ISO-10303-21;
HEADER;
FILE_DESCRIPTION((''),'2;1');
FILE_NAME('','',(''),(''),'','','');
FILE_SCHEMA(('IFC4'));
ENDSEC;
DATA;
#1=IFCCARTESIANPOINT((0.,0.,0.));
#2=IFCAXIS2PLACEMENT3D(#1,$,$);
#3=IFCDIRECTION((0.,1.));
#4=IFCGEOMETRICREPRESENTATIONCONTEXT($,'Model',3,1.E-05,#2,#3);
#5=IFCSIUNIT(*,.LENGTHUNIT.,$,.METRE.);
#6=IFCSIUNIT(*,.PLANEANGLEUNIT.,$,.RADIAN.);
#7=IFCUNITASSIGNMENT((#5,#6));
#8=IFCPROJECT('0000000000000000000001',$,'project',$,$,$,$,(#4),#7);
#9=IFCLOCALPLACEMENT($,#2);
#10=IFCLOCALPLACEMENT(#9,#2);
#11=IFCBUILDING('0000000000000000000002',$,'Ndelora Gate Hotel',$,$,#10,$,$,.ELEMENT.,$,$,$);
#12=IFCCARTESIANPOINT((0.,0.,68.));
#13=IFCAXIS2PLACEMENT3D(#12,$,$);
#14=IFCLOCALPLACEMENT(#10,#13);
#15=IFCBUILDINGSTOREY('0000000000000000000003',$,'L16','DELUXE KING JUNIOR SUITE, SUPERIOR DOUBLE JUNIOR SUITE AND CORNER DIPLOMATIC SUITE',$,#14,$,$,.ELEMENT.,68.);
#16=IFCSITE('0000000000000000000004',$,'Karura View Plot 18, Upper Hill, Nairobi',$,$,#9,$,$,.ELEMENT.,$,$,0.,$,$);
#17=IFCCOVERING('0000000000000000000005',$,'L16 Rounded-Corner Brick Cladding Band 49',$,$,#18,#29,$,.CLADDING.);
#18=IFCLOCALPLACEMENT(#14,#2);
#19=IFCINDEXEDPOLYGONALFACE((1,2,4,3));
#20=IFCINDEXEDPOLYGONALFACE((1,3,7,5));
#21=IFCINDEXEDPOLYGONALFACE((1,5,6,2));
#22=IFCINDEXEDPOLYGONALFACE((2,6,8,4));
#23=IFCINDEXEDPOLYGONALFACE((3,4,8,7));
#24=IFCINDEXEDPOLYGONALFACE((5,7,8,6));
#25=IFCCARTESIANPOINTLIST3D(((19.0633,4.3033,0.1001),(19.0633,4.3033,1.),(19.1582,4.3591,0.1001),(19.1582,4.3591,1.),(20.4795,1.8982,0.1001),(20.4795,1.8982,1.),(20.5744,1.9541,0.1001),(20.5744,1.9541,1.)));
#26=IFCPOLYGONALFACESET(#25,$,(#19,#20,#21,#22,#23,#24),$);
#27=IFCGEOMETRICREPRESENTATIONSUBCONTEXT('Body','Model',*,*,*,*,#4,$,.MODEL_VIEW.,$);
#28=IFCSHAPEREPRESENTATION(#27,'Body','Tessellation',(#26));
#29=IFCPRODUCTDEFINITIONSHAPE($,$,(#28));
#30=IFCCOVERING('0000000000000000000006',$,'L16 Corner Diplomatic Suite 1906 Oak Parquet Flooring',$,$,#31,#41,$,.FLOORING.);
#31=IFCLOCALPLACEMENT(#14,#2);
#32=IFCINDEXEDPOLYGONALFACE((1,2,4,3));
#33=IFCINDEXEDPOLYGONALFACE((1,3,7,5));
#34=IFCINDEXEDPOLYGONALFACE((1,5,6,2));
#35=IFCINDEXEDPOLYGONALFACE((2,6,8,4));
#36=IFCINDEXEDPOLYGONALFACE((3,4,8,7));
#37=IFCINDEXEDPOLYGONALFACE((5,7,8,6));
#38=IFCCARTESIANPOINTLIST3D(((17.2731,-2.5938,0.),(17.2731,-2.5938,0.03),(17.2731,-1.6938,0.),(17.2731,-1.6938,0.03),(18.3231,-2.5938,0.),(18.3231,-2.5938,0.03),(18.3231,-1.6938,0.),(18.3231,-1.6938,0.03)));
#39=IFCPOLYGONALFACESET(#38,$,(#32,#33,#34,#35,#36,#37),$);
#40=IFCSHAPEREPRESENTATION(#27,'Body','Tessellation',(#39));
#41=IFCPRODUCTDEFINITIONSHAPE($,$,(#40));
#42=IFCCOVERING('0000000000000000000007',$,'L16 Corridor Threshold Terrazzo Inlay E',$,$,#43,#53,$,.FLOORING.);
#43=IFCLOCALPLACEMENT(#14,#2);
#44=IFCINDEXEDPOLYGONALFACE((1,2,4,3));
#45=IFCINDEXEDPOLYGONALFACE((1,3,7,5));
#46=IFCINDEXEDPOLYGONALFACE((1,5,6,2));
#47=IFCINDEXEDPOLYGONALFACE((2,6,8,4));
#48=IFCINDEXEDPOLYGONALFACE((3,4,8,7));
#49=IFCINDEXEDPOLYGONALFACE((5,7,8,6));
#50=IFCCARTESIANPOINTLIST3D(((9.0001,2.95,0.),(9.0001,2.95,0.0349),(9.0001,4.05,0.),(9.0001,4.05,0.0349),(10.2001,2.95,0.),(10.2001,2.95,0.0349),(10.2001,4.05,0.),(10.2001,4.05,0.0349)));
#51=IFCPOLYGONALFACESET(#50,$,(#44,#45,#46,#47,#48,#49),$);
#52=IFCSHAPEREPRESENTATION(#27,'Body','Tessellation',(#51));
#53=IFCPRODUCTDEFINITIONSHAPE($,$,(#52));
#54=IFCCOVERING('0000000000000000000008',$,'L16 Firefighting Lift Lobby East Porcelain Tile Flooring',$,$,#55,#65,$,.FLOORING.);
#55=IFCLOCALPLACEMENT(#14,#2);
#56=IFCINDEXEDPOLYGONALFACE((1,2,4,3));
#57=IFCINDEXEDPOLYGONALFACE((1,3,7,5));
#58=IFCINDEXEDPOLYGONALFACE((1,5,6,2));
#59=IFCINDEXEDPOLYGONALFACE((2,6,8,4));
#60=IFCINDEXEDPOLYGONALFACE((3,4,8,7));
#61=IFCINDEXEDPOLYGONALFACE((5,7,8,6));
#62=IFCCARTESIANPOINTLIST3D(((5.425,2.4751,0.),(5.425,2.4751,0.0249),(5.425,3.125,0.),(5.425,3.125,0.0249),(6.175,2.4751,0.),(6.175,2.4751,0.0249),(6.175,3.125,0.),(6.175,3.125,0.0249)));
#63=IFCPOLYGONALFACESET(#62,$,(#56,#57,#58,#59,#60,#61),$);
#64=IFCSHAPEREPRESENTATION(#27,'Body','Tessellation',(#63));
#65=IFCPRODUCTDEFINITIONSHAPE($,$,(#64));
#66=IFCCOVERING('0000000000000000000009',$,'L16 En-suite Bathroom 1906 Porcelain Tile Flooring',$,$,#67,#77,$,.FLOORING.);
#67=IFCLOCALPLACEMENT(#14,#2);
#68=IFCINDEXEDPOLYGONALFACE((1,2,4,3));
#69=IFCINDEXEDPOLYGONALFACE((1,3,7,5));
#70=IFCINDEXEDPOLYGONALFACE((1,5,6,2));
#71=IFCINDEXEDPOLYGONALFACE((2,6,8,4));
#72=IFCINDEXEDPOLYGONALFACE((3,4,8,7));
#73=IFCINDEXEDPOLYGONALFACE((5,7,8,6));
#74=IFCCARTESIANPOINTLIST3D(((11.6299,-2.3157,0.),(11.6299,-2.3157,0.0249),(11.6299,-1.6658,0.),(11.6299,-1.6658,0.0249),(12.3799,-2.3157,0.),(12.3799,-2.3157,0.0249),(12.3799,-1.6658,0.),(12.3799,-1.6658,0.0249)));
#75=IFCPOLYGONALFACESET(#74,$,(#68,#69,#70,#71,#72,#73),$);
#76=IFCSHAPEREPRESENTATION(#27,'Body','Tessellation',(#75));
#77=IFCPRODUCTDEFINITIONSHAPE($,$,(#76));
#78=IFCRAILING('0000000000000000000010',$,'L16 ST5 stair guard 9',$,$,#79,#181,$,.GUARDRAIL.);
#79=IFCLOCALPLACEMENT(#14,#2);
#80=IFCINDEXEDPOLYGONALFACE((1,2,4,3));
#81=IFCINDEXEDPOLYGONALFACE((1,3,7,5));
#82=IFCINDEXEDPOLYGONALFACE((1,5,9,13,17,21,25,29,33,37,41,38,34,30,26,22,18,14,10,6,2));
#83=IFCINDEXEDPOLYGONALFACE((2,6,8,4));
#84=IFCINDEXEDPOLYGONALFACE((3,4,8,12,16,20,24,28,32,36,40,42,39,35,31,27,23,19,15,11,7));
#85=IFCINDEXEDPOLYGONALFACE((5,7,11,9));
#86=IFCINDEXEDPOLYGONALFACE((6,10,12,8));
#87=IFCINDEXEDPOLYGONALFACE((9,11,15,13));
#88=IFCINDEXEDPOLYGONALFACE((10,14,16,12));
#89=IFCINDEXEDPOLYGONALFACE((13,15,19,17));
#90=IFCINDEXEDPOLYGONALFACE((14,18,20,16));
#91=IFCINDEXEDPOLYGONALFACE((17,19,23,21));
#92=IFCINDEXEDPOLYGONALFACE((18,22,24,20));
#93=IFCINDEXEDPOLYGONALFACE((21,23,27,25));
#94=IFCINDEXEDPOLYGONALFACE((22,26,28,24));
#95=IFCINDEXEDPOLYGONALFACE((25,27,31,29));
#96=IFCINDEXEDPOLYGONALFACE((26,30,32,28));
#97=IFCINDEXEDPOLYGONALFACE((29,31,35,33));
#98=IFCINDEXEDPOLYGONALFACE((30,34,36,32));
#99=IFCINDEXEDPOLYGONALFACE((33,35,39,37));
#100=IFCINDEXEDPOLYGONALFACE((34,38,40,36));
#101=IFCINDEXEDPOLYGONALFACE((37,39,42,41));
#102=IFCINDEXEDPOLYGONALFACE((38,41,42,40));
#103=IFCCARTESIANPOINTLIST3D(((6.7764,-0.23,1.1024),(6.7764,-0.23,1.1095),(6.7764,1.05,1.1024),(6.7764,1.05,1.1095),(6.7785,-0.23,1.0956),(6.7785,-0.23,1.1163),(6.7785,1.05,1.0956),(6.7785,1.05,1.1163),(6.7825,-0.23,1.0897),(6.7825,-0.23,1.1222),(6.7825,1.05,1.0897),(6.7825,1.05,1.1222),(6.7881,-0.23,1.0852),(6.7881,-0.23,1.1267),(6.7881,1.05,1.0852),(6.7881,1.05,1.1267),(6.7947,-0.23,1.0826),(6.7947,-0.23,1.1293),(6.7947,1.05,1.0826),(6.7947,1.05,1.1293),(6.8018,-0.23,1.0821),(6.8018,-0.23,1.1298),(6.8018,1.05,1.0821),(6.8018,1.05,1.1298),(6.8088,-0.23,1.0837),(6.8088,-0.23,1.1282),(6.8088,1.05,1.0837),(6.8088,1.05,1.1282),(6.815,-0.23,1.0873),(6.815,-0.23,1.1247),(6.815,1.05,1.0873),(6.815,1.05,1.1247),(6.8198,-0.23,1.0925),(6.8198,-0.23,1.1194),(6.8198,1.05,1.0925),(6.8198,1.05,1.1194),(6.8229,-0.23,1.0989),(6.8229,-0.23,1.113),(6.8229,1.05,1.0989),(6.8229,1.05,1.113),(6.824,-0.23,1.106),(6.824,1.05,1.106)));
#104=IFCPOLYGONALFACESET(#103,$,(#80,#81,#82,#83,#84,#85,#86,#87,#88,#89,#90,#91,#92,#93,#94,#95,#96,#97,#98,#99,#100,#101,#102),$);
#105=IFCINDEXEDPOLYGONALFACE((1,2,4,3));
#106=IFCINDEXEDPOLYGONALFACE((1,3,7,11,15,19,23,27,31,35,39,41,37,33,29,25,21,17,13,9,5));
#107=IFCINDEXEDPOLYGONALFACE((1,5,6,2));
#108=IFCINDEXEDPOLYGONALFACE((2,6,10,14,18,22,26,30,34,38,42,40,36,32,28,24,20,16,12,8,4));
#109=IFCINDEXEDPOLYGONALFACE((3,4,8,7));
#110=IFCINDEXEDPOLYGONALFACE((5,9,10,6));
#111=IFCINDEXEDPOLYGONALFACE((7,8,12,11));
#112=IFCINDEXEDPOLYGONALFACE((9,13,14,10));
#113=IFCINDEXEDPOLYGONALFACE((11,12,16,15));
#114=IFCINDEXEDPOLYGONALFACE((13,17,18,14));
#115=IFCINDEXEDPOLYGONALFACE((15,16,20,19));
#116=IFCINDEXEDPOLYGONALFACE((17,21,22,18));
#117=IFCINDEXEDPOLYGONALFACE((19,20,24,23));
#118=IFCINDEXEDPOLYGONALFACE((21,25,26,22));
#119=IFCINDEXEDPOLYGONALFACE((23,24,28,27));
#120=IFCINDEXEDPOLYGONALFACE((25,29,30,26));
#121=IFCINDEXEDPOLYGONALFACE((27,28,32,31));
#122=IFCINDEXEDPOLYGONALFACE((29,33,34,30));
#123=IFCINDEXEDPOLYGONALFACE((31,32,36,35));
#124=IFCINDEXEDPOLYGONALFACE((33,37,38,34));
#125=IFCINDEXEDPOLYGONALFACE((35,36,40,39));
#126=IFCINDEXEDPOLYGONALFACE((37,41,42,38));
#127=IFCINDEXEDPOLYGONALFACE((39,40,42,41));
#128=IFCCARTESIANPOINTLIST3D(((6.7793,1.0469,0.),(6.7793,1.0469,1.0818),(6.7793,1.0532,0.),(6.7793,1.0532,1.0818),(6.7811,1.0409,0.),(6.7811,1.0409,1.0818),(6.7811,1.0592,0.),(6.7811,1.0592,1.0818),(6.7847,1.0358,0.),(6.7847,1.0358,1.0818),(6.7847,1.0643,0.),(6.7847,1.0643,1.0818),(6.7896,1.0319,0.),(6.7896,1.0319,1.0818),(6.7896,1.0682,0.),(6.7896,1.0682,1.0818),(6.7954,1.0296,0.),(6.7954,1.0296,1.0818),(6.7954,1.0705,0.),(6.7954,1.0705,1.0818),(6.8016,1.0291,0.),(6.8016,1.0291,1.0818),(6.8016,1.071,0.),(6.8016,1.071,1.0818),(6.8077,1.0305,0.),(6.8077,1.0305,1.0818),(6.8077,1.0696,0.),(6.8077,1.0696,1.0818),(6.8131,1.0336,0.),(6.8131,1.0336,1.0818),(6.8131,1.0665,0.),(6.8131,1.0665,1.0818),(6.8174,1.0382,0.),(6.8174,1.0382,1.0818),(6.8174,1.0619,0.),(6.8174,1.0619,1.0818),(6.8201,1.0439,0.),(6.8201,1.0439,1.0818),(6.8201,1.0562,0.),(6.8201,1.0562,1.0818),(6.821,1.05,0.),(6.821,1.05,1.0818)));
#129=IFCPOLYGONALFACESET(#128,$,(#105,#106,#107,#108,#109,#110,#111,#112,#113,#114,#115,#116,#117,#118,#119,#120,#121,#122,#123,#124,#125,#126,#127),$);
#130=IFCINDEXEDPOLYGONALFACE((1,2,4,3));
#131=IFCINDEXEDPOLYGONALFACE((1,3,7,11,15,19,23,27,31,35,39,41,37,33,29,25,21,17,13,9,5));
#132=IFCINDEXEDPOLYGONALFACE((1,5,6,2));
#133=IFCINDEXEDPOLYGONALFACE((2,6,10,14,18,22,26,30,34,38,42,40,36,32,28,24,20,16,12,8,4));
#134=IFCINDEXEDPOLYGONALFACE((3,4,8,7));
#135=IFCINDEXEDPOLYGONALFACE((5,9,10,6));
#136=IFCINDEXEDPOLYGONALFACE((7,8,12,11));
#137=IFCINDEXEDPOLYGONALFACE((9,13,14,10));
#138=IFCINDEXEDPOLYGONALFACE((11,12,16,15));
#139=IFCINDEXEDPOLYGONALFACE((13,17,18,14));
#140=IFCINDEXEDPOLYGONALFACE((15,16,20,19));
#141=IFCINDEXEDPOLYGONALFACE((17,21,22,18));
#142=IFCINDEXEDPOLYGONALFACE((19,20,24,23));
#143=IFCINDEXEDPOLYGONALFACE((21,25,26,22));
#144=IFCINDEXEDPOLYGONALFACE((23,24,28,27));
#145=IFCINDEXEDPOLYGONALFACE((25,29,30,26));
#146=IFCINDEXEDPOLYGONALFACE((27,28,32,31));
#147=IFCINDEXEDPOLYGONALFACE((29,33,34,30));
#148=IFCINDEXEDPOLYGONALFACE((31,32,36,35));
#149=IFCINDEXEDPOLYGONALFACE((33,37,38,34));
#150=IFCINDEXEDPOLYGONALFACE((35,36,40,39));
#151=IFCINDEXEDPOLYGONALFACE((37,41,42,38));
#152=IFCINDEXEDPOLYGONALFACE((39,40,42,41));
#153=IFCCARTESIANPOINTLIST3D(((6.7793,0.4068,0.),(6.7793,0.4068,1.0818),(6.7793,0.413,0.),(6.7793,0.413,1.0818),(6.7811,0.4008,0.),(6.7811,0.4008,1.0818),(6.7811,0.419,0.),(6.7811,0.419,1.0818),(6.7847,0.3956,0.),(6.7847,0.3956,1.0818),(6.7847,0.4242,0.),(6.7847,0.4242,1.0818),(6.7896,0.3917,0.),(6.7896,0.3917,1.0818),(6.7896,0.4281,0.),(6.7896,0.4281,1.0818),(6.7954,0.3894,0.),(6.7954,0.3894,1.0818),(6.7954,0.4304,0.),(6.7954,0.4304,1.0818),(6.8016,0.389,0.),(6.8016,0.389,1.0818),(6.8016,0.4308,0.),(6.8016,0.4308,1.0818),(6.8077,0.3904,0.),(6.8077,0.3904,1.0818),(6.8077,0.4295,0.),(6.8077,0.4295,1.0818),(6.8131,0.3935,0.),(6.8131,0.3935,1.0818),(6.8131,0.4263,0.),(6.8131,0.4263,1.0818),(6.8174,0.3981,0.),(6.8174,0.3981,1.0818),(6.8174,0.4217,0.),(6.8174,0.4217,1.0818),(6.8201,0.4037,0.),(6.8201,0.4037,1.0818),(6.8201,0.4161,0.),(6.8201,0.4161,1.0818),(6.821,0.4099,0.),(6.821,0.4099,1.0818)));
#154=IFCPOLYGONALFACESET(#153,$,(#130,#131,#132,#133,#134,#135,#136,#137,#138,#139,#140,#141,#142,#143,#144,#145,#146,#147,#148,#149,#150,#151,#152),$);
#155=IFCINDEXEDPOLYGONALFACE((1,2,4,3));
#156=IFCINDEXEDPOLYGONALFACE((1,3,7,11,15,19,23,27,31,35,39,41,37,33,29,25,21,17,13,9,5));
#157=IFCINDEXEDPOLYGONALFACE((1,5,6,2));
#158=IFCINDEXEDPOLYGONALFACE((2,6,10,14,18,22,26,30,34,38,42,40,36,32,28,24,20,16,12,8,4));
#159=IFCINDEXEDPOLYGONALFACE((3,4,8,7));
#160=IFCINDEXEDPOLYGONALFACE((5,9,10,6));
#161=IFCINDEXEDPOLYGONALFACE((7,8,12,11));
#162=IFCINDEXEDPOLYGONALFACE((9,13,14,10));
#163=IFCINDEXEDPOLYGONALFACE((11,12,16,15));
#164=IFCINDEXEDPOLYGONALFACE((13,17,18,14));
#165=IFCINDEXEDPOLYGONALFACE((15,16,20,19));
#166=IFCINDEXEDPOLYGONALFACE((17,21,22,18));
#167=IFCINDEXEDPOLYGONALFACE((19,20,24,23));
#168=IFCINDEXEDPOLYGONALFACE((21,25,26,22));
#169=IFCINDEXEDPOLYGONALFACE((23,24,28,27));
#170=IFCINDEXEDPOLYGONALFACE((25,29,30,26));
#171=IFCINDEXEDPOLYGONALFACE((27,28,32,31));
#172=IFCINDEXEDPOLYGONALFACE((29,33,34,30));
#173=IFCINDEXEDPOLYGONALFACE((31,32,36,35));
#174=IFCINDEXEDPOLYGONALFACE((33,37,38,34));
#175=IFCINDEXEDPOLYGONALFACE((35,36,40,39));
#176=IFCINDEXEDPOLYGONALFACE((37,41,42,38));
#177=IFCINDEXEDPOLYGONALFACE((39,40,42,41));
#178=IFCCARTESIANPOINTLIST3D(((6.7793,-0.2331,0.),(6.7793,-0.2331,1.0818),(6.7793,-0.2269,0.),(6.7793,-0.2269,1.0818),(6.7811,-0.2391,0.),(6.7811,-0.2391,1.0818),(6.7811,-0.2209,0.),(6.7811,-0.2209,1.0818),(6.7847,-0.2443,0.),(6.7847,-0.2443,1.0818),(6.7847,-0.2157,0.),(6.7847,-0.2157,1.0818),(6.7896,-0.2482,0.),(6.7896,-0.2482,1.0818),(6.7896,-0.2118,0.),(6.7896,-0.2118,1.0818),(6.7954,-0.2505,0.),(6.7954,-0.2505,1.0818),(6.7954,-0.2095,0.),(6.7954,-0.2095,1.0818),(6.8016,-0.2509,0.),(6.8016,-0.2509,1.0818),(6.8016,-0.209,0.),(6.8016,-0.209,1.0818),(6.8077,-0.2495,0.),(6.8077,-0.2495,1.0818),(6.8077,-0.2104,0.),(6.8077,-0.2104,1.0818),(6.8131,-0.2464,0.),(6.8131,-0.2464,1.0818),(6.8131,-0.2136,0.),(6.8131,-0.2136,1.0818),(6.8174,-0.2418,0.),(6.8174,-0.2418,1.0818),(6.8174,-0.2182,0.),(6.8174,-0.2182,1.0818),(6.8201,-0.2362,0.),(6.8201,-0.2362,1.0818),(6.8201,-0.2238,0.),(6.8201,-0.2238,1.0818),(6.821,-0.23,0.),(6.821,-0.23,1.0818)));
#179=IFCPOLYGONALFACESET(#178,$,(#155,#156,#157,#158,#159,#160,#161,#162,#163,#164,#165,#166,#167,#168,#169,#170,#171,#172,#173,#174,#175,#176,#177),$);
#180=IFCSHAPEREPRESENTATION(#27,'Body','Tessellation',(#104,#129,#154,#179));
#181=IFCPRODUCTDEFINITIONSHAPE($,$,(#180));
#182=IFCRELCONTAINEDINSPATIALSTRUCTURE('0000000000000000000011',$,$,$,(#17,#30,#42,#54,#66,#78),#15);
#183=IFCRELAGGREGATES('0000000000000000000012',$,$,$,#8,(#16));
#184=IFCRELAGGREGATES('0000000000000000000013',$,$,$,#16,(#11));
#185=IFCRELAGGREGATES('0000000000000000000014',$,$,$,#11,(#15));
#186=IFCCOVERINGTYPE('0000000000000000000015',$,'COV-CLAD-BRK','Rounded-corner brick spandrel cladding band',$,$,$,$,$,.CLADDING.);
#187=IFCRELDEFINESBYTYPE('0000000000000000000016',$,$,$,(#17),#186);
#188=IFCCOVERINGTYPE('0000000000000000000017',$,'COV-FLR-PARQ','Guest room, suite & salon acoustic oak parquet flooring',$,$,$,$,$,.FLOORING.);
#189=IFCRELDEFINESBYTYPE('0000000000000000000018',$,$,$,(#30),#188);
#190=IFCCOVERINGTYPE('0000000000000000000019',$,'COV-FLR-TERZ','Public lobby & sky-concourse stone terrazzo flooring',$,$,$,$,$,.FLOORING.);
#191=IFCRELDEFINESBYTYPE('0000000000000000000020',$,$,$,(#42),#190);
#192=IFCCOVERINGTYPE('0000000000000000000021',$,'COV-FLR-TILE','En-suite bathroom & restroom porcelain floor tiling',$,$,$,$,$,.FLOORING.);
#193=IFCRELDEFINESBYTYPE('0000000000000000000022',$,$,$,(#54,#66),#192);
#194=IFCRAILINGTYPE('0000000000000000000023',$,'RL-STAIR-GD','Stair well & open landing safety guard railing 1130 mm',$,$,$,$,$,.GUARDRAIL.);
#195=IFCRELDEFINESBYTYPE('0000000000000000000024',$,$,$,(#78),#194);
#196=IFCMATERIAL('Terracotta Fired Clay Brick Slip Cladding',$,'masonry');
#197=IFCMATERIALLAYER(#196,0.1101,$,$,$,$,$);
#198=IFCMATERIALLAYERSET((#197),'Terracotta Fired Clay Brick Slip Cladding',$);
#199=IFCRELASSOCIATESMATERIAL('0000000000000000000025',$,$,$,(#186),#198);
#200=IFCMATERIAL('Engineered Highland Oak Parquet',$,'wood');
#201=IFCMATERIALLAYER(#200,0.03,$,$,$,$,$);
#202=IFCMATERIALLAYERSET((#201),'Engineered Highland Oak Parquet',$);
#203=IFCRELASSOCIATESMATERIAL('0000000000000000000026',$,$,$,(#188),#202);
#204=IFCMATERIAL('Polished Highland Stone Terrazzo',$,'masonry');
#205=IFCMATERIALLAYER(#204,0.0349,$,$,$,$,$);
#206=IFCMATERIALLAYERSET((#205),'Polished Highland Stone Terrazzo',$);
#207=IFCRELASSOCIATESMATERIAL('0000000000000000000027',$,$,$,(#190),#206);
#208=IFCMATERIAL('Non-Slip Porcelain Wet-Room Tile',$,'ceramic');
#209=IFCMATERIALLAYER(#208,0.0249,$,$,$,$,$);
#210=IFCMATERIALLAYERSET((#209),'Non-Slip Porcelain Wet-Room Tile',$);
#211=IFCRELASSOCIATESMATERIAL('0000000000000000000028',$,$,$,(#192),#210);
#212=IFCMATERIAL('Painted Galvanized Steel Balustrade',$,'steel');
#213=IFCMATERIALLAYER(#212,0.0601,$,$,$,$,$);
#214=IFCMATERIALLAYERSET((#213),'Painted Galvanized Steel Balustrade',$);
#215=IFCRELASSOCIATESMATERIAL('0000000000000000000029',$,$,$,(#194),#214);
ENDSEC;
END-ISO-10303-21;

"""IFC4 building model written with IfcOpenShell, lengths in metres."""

from ifc_helpers import new_model, si_unit, direction, frame, origin, origin_2d, place, context, subcontext, project, spatial, rectangle, circle, extrude, material, layer, layer_set, type_object, element, save


model = new_model("IFC4")

# Units and contexts
model_context = context("Model", 3, precision=1e-05, world=origin(), true_north=direction((0.0, 1.0)))
body_context = subcontext(model_context, "Body", "Model", "MODEL_VIEW")
ifc_project = project(units=[si_unit("LENGTHUNIT", "METRE"), si_unit("PLANEANGLEUNIT", "RADIAN")], contexts=[model_context])

# Site, building, storey
site_placement = place(None, origin())
site = spatial("IfcSite", under=ifc_project, at=site_placement, Name="Karura View Plot 18, Upper Hill, Nairobi", CompositionType="ELEMENT", RefElevation=0.0)
building_placement = place(site_placement, origin())
building = spatial("IfcBuilding", under=site, at=building_placement, Name="Ndelora Gate Hotel", CompositionType="ELEMENT")
storey_placement = place(building_placement, frame((0.0, 0.0, 68.0)))
storey = spatial("IfcBuildingStorey", under=building, at=storey_placement, Name="L16", Description="DELUXE KING JUNIOR SUITE, SUPERIOR DOUBLE JUNIOR SUITE AND CORNER DIPLOMATIC SUITE", CompositionType="ELEMENT", Elevation=68.0)

# Coverings
ifc_material_1 = material(Name="Terracotta Fired Clay Brick Slip Cladding", Category="masonry")
ifc_layer_1 = layer(ifc_material_1, 0.1101)
ifc_layer_set_1 = layer_set([ifc_layer_1], Name="Terracotta Fired Clay Brick Slip Cladding")
covering_type_1 = type_object("IfcCoveringType", Name="COV-CLAD-BRK", Description="Rounded-corner brick spandrel cladding band", PredefinedType="CLADDING", material=ifc_layer_set_1)
covering_1_placement = place(storey_placement, frame((19.8188, 3.1287, 0.1001), z_axis=(0.0, 0.0, 1.0), x_axis=(-0.507388, 0.861718, 0.0)))
element("IfcCovering", 1, at=covering_1_placement, inside=storey, type_object=covering_type_1, Name="L16 Rounded-Corner Brick Cladding Band 49", PredefinedType="CLADDING", context=body_context, shape_type="SweptSolid", body=[
    extrude(rectangle(XDim=2.791, YDim=0.1101, at=origin_2d()), origin(), (0.0, 0.0, 1.0), 0.8999),
])
ifc_material_2 = material(Name="Engineered Highland Oak Parquet", Category="wood")
ifc_layer_2 = layer(ifc_material_2, 0.03)
ifc_layer_set_2 = layer_set([ifc_layer_2], Name="Engineered Highland Oak Parquet")
covering_type_2 = type_object("IfcCoveringType", Name="COV-FLR-PARQ", Description="Guest room, suite & salon acoustic oak parquet flooring", PredefinedType="FLOORING", material=ifc_layer_set_2)
covering_2_placement = place(storey_placement, frame((17.7981, -2.1438, 0.0), z_axis=(0.0, 0.0, 1.0), x_axis=(1.0, 0.0, 0.0)))
element("IfcCovering", 2, at=covering_2_placement, inside=storey, type_object=covering_type_2, Name="L16 Corner Diplomatic Suite 1906 Oak Parquet Flooring", PredefinedType="FLOORING", context=body_context, shape_type="SweptSolid", body=[
    extrude(rectangle(XDim=1.05, YDim=0.8999, at=origin_2d()), origin(), (0.0, 0.0, 1.0), 0.03),
])
ifc_material_3 = material(Name="Polished Highland Stone Terrazzo", Category="masonry")
ifc_layer_3 = layer(ifc_material_3, 0.0349)
ifc_layer_set_3 = layer_set([ifc_layer_3], Name="Polished Highland Stone Terrazzo")
covering_type_3 = type_object("IfcCoveringType", Name="COV-FLR-TERZ", Description="Public lobby & sky-concourse stone terrazzo flooring", PredefinedType="FLOORING", material=ifc_layer_set_3)
covering_3_placement = place(storey_placement, frame((9.6001, 3.5, 0.0), z_axis=(0.0, 0.0, 1.0), x_axis=(1.0, 0.0, 0.0)))
element("IfcCovering", 3, at=covering_3_placement, inside=storey, type_object=covering_type_3, Name="L16 Corridor Threshold Terrazzo Inlay E", PredefinedType="FLOORING", context=body_context, shape_type="SweptSolid", body=[
    extrude(rectangle(XDim=1.2, YDim=1.1001, at=origin_2d()), origin(), (0.0, 0.0, 1.0), 0.0349),
])
ifc_material_4 = material(Name="Non-Slip Porcelain Wet-Room Tile", Category="ceramic")
ifc_layer_4 = layer(ifc_material_4, 0.0249)
ifc_layer_set_4 = layer_set([ifc_layer_4], Name="Non-Slip Porcelain Wet-Room Tile")
covering_type_4 = type_object("IfcCoveringType", Name="COV-FLR-TILE", Description="En-suite bathroom & restroom porcelain floor tiling", PredefinedType="FLOORING", material=ifc_layer_set_4)
for number, where, z_axis, x_axis, name in (
    (4, (5.8, 2.8, 0.0), (0.0, 0.0, 1.0), (1.0, 0.0, 0.0), "L16 Firefighting Lift Lobby East Porcelain Tile Flooring"),
    (5, (12.0049, -1.9907, 0.0), (0.0, 0.0, 1.0), (1.0, 0.0, 0.0), "L16 En-suite Bathroom 1906 Porcelain Tile Flooring"),
):
    element("IfcCovering", number, at=place(storey_placement, frame(where, z_axis=z_axis, x_axis=x_axis)), inside=storey, type_object=covering_type_4, Name=name, PredefinedType="FLOORING", context=body_context, shape_type="SweptSolid", body=[
        extrude(rectangle(XDim=0.75, YDim=0.6499, at=origin_2d()), origin(), (0.0, 0.0, 1.0), 0.0249),
    ])

# Railing
ifc_material_5 = material(Name="Painted Galvanized Steel Balustrade", Category="steel")
ifc_layer_5 = layer(ifc_material_5, 0.0601)
ifc_layer_set_5 = layer_set([ifc_layer_5], Name="Painted Galvanized Steel Balustrade")
railing_type_1 = type_object("IfcRailingType", Name="RL-STAIR-GD", Description="Stair well & open landing safety guard railing 1130 mm", PredefinedType="GUARDRAIL", material=ifc_layer_set_5)
railing_1_placement = place(storey_placement, frame((6.8, 1.05, 0.0)))
element("IfcRailing", 6, at=railing_1_placement, inside=storey, type_object=railing_type_1, Name="L16 ST5 stair guard 9", PredefinedType="GUARDRAIL", context=body_context, shape_type="SweptSolid", body=[
    extrude(circle(Radius=0.0239, at=origin_2d()), frame((0.0, 0.0, 1.106), z_axis=(0.0, -1.0, 0.0), x_axis=(1.0, 0.0, 0.0)), (0.0, 0.0, 1.0), 1.28),
    extrude(circle(Radius=0.021, at=origin_2d()), origin(), (0.0, 0.0, 1.0), 1.0818),
    extrude(circle(Radius=0.021, at=origin_2d()), frame((0.0, -0.6401, 0.0)), (0.0, 0.0, 1.0), 1.0818),
    extrude(circle(Radius=0.021, at=origin_2d()), frame((0.0, -1.28, 0.0)), (0.0, 0.0, 1.0), 1.0818),
])

save(model, "model.ifc")
